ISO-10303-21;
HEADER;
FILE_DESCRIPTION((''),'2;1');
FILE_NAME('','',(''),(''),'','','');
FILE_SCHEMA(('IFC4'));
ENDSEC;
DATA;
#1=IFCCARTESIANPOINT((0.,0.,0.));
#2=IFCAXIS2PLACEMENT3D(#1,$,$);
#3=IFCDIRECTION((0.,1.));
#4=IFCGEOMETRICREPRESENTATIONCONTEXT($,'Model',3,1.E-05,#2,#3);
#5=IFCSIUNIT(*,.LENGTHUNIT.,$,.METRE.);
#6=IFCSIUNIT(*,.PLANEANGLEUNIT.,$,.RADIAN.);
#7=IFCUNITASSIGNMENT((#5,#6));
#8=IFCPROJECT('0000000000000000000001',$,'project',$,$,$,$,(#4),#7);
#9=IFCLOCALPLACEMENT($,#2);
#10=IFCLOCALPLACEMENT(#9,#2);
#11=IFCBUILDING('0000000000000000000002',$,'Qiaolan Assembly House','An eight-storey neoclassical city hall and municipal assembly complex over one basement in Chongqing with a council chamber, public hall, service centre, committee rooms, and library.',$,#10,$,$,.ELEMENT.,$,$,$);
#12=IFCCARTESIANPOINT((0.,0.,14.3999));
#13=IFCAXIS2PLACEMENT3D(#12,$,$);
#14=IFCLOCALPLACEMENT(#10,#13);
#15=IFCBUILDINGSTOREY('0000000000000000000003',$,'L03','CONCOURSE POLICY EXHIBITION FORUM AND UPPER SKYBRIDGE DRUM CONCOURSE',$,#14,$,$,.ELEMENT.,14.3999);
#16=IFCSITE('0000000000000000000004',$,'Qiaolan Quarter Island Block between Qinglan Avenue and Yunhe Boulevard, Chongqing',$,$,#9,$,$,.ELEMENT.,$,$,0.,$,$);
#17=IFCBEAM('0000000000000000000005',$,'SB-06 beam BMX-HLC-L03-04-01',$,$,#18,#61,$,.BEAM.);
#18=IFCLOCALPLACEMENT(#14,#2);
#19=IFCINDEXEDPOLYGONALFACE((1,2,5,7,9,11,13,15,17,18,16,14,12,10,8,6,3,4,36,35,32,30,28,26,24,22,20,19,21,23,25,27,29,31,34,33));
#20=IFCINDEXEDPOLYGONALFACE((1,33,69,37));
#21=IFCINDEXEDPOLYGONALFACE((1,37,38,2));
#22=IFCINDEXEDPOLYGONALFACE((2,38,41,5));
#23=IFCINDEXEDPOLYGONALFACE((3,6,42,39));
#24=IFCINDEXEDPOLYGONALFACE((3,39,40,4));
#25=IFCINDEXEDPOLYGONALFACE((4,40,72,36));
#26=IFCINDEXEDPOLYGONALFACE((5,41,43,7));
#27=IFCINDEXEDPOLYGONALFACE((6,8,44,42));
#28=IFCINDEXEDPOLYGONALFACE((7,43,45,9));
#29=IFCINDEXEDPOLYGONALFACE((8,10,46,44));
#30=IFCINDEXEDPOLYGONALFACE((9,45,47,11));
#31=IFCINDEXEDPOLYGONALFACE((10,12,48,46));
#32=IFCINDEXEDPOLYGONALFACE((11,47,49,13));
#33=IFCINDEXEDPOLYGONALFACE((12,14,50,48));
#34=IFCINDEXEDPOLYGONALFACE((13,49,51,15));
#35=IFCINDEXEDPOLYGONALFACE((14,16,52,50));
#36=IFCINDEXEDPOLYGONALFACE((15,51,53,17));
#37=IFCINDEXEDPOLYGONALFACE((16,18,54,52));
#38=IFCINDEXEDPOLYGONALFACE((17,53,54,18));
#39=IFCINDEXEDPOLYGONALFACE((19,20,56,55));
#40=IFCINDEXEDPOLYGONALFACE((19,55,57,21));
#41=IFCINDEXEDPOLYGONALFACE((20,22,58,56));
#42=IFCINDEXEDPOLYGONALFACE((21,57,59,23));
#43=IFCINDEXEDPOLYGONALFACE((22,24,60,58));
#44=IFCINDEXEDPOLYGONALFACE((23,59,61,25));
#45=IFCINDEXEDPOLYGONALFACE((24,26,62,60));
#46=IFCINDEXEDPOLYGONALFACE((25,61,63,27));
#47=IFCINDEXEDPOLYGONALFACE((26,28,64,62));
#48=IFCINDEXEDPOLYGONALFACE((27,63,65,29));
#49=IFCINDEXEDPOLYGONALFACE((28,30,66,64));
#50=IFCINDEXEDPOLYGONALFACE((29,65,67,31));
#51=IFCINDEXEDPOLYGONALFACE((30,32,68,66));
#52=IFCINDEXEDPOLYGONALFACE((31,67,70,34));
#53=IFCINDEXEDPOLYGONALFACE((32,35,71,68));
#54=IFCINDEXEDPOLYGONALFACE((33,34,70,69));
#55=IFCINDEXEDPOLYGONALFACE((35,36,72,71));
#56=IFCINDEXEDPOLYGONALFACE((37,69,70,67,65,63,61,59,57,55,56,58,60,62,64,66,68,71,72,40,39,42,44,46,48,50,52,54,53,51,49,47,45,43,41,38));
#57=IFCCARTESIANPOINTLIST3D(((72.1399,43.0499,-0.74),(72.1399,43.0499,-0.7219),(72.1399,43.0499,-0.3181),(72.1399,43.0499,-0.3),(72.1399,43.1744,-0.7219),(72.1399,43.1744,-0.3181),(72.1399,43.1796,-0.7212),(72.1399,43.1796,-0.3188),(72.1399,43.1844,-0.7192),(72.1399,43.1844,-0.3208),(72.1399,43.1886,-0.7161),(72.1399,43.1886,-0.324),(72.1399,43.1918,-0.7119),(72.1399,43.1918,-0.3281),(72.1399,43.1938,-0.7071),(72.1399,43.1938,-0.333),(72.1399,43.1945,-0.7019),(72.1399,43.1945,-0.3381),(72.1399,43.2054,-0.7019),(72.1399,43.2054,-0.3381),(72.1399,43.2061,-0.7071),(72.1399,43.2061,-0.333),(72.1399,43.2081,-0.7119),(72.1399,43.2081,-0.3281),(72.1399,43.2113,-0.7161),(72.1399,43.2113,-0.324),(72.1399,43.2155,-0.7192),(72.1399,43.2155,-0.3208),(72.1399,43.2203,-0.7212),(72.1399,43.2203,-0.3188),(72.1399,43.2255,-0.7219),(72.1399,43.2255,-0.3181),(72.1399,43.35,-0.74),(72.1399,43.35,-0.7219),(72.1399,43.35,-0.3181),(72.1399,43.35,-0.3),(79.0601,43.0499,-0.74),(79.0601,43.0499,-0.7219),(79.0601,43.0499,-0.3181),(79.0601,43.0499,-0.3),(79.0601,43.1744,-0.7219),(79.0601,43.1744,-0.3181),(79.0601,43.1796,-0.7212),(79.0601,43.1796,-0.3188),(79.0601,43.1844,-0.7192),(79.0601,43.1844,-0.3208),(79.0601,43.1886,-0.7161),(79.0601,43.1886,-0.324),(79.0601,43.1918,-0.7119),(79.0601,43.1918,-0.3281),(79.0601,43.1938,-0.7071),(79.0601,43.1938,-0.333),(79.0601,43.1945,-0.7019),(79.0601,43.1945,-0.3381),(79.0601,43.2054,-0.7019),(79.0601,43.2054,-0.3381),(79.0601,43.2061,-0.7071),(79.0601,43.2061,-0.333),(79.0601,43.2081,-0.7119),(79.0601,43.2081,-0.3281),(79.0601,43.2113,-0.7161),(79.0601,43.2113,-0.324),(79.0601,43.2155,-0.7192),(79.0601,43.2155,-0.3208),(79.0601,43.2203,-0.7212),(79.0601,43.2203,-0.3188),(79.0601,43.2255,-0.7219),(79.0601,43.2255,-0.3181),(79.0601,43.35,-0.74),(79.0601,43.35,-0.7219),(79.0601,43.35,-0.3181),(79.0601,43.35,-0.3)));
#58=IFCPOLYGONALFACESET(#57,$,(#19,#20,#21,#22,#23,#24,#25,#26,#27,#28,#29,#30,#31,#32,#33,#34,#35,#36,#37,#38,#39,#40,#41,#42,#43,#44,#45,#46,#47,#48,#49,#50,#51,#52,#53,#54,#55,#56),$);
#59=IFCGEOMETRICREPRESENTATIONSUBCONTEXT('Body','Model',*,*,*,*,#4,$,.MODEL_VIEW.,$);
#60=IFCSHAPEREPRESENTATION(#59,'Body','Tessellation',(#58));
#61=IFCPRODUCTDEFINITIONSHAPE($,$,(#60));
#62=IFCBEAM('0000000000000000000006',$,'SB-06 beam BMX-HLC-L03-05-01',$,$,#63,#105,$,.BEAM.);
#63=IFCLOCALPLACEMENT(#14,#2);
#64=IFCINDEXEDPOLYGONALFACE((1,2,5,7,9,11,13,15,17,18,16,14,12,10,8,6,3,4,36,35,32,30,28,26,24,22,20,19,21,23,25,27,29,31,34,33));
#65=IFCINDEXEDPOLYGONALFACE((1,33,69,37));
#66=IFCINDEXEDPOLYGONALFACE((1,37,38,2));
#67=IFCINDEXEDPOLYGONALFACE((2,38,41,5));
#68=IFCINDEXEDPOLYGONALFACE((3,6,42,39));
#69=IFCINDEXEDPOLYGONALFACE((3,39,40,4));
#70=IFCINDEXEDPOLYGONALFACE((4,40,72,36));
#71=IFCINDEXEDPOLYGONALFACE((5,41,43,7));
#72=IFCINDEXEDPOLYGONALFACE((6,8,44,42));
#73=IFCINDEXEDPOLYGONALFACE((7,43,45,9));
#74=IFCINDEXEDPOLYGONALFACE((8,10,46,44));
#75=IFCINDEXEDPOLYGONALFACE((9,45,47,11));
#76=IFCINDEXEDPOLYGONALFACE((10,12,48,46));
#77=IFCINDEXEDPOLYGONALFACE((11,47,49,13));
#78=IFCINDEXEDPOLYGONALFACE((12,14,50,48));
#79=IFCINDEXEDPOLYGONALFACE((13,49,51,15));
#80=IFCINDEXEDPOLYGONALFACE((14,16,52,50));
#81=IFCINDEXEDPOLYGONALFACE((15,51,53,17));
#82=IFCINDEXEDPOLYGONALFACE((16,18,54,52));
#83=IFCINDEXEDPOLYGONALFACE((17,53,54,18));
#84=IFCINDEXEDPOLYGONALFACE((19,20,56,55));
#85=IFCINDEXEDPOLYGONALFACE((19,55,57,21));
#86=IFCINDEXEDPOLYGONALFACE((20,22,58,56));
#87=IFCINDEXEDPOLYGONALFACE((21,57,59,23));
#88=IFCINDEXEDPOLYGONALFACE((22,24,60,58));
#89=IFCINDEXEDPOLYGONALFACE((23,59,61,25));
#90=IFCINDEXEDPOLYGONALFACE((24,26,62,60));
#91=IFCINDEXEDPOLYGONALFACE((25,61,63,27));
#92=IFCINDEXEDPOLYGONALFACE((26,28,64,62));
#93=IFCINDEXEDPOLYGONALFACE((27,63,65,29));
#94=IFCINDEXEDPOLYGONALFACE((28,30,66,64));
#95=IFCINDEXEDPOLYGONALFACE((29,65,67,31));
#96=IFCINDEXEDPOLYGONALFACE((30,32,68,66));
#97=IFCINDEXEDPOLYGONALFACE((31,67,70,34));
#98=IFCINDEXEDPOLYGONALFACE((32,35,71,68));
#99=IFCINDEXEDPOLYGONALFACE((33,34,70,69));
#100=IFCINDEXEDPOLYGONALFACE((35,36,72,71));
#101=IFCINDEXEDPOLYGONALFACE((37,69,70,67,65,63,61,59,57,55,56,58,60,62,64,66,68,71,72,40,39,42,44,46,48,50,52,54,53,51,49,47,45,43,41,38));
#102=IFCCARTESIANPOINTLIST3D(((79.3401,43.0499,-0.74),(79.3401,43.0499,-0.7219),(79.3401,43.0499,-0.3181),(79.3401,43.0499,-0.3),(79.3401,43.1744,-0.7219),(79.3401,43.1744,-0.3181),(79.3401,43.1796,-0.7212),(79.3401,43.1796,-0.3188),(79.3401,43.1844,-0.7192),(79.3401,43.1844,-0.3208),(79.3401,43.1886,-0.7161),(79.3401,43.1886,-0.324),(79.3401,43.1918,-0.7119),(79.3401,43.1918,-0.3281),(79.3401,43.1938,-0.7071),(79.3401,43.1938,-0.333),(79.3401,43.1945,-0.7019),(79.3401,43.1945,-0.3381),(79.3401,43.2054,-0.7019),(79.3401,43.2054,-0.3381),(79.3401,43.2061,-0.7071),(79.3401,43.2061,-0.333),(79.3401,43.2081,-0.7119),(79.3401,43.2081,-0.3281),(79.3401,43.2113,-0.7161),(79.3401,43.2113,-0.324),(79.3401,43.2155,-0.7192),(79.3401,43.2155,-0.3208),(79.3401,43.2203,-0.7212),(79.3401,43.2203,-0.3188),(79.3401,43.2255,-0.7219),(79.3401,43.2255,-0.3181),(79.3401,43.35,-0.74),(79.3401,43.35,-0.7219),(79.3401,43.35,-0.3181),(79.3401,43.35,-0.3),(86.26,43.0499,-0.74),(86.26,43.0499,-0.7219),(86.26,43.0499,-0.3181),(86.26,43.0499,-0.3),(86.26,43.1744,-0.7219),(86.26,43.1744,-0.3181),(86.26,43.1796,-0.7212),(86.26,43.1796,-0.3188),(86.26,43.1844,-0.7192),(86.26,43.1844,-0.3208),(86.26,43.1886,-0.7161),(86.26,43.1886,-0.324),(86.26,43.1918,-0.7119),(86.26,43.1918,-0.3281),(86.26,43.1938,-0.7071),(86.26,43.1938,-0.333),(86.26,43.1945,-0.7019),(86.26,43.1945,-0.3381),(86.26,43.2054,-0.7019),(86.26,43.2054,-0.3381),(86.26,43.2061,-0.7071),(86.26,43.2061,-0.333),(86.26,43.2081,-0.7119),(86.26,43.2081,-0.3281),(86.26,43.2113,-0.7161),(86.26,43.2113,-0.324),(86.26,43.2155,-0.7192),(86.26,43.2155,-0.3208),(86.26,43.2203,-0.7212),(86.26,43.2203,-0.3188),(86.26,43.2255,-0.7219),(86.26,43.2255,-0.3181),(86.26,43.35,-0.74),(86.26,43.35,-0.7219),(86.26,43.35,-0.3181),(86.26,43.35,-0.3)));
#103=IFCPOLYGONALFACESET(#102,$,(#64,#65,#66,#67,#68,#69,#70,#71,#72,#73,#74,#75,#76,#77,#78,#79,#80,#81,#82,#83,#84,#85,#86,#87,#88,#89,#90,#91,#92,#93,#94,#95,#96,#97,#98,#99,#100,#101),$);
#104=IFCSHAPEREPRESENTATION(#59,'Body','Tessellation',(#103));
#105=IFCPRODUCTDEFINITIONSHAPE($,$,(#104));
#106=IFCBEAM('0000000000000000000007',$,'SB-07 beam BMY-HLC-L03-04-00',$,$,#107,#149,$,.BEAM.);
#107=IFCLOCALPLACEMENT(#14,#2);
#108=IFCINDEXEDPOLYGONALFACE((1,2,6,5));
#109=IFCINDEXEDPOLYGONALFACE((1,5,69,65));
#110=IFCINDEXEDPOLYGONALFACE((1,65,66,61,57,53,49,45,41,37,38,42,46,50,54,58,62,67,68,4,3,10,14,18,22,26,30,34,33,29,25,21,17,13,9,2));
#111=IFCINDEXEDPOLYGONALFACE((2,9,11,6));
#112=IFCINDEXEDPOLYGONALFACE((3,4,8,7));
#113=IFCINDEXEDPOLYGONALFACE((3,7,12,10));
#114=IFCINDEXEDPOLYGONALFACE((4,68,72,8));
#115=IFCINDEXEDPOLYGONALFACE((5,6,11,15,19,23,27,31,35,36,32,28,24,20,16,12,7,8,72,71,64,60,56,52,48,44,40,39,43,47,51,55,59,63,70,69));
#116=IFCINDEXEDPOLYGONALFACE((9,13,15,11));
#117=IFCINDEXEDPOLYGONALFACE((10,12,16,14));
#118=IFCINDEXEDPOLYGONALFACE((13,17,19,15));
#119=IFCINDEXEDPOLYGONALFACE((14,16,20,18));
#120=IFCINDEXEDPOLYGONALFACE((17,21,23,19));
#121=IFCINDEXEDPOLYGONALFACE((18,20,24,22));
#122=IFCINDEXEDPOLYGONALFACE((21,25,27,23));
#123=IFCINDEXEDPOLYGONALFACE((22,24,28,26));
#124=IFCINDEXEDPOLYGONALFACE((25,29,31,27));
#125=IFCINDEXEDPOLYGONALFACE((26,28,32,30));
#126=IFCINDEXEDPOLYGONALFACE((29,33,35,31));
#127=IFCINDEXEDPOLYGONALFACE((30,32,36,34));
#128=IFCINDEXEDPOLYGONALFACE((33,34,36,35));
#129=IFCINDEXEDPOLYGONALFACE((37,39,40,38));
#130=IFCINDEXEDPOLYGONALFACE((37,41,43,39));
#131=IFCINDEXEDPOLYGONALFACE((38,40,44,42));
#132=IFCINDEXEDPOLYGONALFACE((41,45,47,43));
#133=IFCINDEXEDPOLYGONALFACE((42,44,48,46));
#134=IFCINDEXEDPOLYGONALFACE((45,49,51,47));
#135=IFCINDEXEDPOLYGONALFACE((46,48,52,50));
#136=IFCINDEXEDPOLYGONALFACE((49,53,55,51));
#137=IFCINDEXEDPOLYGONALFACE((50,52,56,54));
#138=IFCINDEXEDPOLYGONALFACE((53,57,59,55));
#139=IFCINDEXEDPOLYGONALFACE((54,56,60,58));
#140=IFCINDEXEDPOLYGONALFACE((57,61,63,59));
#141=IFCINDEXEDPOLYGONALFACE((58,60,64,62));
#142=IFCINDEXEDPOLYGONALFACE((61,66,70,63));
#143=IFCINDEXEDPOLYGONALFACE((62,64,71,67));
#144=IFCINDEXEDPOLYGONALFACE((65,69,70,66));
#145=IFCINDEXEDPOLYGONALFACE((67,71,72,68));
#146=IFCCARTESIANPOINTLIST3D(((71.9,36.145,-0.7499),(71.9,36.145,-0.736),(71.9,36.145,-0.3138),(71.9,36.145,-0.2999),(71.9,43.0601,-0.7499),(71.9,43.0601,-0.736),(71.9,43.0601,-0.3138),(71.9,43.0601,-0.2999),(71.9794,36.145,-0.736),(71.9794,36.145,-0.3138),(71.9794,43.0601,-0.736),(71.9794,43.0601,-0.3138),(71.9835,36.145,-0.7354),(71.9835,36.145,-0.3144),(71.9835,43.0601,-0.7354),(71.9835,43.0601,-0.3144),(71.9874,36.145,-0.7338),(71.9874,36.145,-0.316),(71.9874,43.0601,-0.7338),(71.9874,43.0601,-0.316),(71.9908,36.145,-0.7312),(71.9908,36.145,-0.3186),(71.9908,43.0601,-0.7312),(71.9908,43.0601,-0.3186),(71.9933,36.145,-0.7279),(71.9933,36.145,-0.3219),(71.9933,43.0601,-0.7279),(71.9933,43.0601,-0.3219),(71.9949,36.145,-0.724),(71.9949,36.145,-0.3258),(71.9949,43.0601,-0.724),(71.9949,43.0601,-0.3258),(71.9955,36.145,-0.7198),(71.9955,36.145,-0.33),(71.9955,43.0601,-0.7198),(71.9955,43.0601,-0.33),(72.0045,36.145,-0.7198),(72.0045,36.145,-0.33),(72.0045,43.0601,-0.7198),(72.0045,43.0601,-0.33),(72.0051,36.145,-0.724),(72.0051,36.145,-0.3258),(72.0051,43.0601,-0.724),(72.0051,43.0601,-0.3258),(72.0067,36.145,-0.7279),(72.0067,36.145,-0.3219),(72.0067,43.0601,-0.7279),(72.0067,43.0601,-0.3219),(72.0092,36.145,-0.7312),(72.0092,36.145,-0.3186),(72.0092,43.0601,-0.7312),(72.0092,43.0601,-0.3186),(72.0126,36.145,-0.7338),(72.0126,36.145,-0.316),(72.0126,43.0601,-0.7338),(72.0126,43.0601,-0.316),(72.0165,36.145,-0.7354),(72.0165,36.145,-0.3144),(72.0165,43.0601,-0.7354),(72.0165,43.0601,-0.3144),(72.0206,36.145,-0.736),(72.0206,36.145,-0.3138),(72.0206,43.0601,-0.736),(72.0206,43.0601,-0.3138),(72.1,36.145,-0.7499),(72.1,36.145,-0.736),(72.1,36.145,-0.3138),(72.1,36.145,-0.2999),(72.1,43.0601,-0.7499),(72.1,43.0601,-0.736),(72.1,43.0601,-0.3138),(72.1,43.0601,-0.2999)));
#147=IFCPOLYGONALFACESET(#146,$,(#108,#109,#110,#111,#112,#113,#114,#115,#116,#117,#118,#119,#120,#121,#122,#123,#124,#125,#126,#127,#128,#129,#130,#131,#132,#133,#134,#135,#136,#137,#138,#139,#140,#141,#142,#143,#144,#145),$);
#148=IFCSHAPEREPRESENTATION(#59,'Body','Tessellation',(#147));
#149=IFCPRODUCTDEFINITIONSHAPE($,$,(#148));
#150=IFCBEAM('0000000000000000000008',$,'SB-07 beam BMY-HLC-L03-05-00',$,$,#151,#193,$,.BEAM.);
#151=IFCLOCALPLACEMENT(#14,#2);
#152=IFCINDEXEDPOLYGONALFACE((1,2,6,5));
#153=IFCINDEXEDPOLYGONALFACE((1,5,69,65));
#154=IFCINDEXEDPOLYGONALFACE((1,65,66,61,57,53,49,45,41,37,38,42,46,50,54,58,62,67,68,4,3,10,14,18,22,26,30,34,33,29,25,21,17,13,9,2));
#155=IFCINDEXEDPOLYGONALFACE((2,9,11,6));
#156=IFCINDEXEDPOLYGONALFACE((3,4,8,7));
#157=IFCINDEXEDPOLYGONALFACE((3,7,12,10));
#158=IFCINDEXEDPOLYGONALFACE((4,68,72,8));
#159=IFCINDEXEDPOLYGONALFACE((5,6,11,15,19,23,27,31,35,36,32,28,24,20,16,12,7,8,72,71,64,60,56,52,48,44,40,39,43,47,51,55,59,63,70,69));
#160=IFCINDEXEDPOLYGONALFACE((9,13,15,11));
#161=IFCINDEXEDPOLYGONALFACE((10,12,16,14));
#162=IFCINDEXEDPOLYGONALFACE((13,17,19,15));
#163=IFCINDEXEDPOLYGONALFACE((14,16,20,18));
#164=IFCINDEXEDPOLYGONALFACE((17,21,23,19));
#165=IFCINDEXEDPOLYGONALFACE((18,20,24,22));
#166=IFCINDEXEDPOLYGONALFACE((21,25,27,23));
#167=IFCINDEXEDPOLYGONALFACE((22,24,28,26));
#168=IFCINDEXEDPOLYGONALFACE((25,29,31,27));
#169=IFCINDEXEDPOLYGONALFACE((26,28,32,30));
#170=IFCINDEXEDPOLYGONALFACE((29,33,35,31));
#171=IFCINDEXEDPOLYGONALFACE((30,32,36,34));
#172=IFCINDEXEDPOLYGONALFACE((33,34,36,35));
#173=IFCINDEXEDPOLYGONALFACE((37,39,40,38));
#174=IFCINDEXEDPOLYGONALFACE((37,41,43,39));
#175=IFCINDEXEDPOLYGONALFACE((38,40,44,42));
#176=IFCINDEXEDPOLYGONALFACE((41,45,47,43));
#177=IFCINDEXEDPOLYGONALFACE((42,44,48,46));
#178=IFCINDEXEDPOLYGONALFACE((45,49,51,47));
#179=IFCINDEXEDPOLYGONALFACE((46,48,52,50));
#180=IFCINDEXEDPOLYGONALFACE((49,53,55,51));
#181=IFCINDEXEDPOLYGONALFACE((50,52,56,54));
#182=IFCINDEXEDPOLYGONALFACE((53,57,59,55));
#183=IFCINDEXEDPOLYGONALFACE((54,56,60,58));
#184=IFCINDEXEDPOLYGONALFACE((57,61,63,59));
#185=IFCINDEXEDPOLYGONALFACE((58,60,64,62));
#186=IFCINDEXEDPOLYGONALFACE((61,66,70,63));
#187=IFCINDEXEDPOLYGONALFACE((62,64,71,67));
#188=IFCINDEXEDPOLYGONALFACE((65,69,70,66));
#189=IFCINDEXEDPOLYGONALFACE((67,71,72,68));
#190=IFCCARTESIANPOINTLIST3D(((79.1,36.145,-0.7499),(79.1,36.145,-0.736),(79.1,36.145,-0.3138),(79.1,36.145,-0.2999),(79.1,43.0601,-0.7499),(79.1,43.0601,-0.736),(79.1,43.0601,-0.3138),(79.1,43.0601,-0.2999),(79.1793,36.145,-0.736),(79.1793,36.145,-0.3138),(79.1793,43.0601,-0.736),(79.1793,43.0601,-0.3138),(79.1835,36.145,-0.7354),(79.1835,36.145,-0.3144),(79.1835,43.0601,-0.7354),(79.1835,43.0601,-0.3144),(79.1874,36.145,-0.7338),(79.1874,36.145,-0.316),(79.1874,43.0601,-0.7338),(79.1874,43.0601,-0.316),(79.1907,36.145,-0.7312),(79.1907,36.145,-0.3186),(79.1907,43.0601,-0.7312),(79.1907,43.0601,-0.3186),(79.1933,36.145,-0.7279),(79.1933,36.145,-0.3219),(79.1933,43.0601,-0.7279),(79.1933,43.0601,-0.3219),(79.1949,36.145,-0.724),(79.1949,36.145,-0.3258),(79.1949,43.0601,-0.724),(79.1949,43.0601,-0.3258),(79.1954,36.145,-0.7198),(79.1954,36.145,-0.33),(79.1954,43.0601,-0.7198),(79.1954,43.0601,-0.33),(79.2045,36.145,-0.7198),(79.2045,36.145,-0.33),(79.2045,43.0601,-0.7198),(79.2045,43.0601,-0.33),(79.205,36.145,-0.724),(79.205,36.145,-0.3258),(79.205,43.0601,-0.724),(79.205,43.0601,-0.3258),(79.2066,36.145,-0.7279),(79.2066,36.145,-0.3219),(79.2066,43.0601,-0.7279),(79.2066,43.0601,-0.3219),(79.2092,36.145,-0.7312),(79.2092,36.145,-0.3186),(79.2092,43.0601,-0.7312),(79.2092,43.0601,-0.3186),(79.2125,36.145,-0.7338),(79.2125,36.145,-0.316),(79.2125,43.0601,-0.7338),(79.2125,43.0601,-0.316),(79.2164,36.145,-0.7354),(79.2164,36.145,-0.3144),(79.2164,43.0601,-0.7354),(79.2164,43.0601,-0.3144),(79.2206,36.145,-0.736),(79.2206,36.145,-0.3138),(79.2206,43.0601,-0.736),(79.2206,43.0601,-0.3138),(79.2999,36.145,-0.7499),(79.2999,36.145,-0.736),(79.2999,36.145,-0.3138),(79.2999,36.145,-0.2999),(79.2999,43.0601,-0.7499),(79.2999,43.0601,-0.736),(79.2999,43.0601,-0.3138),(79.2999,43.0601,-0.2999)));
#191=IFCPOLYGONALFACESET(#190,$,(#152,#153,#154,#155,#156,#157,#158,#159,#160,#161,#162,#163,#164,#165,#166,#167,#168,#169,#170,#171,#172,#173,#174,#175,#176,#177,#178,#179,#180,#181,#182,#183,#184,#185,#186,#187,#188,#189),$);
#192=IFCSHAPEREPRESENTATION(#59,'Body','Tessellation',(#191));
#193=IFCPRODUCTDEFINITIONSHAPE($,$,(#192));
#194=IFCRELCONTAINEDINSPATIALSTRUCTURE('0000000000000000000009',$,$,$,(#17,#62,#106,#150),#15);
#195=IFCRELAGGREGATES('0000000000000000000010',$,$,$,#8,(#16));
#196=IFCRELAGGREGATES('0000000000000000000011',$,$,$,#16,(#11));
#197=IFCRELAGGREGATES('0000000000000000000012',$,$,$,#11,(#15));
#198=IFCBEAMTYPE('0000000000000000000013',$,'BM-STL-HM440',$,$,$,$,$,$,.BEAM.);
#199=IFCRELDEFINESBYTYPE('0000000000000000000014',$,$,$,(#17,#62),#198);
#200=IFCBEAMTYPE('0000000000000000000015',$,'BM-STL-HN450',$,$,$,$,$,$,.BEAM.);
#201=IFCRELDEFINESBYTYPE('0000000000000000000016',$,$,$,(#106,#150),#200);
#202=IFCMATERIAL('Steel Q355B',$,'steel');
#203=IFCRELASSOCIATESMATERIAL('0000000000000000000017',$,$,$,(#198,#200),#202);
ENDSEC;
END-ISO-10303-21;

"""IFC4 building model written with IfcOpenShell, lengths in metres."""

from ifc_helpers import new_model, si_unit, direction, frame, origin, origin_2d, place, context, subcontext, project, spatial, i_section, extrude, material, material_profile, profile_set, type_object, element, save


model = new_model("IFC4")

# Units and contexts
model_context = context("Model", 3, precision=1e-05, world=origin(), true_north=direction((0.0, 1.0)))
body_context = subcontext(model_context, "Body", "Model", "MODEL_VIEW")
ifc_project = project(units=[si_unit("LENGTHUNIT", "METRE"), si_unit("PLANEANGLEUNIT", "RADIAN")], contexts=[model_context])

# Site, building, storey
site_placement = place(None, origin())
site = spatial("IfcSite", under=ifc_project, at=site_placement, Name="Qiaolan Quarter Island Block between Qinglan Avenue and Yunhe Boulevard, Chongqing", CompositionType="ELEMENT", RefElevation=0.0)
building_placement = place(site_placement, origin())
building = spatial("IfcBuilding", under=site, at=building_placement, Name="Qiaolan Assembly House", Description="An eight-storey neoclassical city hall and municipal assembly complex over one basement in Chongqing with a council chamber, public hall, service centre, committee rooms, and library.", CompositionType="ELEMENT")
storey_placement = place(building_placement, frame((0.0, 0.0, 14.3999)))
storey = spatial("IfcBuildingStorey", under=building, at=storey_placement, Name="L03", Description="CONCOURSE POLICY EXHIBITION FORUM AND UPPER SKYBRIDGE DRUM CONCOURSE", CompositionType="ELEMENT", Elevation=14.3999)

# Shared definitions
ifc_material_1 = material(Name="Steel Q355B", Category="steel")

# Beams
ifc_material_profile_1 = material_profile(ifc_material_1, i_section(OverallWidth=0.3, OverallDepth=0.4399, WebThickness=0.011, FlangeThickness=0.0181, FilletRadius=0.02, at=origin_2d()), Name="HM 440x300x11x18")
ifc_profile_set_1 = profile_set([ifc_material_profile_1], Name="Steel Q355B")
beam_type_1 = type_object("IfcBeamType", Name="BM-STL-HM440", PredefinedType="BEAM", material=ifc_profile_set_1)
beam_1_placement = place(storey_placement, frame((72.1399, 43.2, -0.52), z_axis=(1.0, 0.0, 0.0), x_axis=(0.0, 1.0, 0.0)))
element("IfcBeam", 1, at=beam_1_placement, inside=storey, type_object=beam_type_1, Name="SB-06 beam BMX-HLC-L03-04-01", PredefinedType="BEAM", context=body_context, shape_type="SweptSolid", body=[
    extrude(i_section(OverallWidth=0.3, OverallDepth=0.4399, WebThickness=0.011, FlangeThickness=0.0181, FilletRadius=0.02, at=origin_2d()), origin(), (0.0, 0.0, 1.0), 6.9202),
])
beam_2_placement = place(storey_placement, frame((79.3401, 43.2, -0.52), z_axis=(1.0, 0.0, 0.0), x_axis=(0.0, 1.0, 0.0)))
element("IfcBeam", 2, at=beam_2_placement, inside=storey, type_object=beam_type_1, Name="SB-06 beam BMX-HLC-L03-05-01", PredefinedType="BEAM", context=body_context, shape_type="SweptSolid", body=[
    extrude(i_section(OverallWidth=0.3, OverallDepth=0.4399, WebThickness=0.011, FlangeThickness=0.0181, FilletRadius=0.02, at=origin_2d()), origin(), (0.0, 0.0, 1.0), 6.9199),
])
ifc_material_profile_2 = material_profile(ifc_material_1, i_section(OverallWidth=0.2, OverallDepth=0.45, WebThickness=0.009, FlangeThickness=0.0139, FilletRadius=0.0161, at=origin_2d()), Name="HN 450x200x9x14")
ifc_profile_set_2 = profile_set([ifc_material_profile_2], Name="Steel Q355B")
beam_type_2 = type_object("IfcBeamType", Name="BM-STL-HN450", PredefinedType="BEAM", material=ifc_profile_set_2)
for number, where, z_axis, x_axis, name in (
    (3, (72.0, 36.145, -0.5249), (0.0, 1.0, 0.0), (-1.0, 0.0, 0.0), "SB-07 beam BMY-HLC-L03-04-00"),
    (4, (79.2, 36.145, -0.5249), (0.0, 1.0, 0.0), (-1.0, 0.0, 0.0), "SB-07 beam BMY-HLC-L03-05-00"),
):
    element("IfcBeam", number, at=place(storey_placement, frame(where, z_axis=z_axis, x_axis=x_axis)), inside=storey, type_object=beam_type_2, Name=name, PredefinedType="BEAM", context=body_context, shape_type="SweptSolid", body=[
        extrude(i_section(OverallWidth=0.2, OverallDepth=0.45, WebThickness=0.009, FlangeThickness=0.0139, FilletRadius=0.0161, at=origin_2d()), origin(), (0.0, 0.0, 1.0), 6.915),
    ])

save(model, "model.ifc")
